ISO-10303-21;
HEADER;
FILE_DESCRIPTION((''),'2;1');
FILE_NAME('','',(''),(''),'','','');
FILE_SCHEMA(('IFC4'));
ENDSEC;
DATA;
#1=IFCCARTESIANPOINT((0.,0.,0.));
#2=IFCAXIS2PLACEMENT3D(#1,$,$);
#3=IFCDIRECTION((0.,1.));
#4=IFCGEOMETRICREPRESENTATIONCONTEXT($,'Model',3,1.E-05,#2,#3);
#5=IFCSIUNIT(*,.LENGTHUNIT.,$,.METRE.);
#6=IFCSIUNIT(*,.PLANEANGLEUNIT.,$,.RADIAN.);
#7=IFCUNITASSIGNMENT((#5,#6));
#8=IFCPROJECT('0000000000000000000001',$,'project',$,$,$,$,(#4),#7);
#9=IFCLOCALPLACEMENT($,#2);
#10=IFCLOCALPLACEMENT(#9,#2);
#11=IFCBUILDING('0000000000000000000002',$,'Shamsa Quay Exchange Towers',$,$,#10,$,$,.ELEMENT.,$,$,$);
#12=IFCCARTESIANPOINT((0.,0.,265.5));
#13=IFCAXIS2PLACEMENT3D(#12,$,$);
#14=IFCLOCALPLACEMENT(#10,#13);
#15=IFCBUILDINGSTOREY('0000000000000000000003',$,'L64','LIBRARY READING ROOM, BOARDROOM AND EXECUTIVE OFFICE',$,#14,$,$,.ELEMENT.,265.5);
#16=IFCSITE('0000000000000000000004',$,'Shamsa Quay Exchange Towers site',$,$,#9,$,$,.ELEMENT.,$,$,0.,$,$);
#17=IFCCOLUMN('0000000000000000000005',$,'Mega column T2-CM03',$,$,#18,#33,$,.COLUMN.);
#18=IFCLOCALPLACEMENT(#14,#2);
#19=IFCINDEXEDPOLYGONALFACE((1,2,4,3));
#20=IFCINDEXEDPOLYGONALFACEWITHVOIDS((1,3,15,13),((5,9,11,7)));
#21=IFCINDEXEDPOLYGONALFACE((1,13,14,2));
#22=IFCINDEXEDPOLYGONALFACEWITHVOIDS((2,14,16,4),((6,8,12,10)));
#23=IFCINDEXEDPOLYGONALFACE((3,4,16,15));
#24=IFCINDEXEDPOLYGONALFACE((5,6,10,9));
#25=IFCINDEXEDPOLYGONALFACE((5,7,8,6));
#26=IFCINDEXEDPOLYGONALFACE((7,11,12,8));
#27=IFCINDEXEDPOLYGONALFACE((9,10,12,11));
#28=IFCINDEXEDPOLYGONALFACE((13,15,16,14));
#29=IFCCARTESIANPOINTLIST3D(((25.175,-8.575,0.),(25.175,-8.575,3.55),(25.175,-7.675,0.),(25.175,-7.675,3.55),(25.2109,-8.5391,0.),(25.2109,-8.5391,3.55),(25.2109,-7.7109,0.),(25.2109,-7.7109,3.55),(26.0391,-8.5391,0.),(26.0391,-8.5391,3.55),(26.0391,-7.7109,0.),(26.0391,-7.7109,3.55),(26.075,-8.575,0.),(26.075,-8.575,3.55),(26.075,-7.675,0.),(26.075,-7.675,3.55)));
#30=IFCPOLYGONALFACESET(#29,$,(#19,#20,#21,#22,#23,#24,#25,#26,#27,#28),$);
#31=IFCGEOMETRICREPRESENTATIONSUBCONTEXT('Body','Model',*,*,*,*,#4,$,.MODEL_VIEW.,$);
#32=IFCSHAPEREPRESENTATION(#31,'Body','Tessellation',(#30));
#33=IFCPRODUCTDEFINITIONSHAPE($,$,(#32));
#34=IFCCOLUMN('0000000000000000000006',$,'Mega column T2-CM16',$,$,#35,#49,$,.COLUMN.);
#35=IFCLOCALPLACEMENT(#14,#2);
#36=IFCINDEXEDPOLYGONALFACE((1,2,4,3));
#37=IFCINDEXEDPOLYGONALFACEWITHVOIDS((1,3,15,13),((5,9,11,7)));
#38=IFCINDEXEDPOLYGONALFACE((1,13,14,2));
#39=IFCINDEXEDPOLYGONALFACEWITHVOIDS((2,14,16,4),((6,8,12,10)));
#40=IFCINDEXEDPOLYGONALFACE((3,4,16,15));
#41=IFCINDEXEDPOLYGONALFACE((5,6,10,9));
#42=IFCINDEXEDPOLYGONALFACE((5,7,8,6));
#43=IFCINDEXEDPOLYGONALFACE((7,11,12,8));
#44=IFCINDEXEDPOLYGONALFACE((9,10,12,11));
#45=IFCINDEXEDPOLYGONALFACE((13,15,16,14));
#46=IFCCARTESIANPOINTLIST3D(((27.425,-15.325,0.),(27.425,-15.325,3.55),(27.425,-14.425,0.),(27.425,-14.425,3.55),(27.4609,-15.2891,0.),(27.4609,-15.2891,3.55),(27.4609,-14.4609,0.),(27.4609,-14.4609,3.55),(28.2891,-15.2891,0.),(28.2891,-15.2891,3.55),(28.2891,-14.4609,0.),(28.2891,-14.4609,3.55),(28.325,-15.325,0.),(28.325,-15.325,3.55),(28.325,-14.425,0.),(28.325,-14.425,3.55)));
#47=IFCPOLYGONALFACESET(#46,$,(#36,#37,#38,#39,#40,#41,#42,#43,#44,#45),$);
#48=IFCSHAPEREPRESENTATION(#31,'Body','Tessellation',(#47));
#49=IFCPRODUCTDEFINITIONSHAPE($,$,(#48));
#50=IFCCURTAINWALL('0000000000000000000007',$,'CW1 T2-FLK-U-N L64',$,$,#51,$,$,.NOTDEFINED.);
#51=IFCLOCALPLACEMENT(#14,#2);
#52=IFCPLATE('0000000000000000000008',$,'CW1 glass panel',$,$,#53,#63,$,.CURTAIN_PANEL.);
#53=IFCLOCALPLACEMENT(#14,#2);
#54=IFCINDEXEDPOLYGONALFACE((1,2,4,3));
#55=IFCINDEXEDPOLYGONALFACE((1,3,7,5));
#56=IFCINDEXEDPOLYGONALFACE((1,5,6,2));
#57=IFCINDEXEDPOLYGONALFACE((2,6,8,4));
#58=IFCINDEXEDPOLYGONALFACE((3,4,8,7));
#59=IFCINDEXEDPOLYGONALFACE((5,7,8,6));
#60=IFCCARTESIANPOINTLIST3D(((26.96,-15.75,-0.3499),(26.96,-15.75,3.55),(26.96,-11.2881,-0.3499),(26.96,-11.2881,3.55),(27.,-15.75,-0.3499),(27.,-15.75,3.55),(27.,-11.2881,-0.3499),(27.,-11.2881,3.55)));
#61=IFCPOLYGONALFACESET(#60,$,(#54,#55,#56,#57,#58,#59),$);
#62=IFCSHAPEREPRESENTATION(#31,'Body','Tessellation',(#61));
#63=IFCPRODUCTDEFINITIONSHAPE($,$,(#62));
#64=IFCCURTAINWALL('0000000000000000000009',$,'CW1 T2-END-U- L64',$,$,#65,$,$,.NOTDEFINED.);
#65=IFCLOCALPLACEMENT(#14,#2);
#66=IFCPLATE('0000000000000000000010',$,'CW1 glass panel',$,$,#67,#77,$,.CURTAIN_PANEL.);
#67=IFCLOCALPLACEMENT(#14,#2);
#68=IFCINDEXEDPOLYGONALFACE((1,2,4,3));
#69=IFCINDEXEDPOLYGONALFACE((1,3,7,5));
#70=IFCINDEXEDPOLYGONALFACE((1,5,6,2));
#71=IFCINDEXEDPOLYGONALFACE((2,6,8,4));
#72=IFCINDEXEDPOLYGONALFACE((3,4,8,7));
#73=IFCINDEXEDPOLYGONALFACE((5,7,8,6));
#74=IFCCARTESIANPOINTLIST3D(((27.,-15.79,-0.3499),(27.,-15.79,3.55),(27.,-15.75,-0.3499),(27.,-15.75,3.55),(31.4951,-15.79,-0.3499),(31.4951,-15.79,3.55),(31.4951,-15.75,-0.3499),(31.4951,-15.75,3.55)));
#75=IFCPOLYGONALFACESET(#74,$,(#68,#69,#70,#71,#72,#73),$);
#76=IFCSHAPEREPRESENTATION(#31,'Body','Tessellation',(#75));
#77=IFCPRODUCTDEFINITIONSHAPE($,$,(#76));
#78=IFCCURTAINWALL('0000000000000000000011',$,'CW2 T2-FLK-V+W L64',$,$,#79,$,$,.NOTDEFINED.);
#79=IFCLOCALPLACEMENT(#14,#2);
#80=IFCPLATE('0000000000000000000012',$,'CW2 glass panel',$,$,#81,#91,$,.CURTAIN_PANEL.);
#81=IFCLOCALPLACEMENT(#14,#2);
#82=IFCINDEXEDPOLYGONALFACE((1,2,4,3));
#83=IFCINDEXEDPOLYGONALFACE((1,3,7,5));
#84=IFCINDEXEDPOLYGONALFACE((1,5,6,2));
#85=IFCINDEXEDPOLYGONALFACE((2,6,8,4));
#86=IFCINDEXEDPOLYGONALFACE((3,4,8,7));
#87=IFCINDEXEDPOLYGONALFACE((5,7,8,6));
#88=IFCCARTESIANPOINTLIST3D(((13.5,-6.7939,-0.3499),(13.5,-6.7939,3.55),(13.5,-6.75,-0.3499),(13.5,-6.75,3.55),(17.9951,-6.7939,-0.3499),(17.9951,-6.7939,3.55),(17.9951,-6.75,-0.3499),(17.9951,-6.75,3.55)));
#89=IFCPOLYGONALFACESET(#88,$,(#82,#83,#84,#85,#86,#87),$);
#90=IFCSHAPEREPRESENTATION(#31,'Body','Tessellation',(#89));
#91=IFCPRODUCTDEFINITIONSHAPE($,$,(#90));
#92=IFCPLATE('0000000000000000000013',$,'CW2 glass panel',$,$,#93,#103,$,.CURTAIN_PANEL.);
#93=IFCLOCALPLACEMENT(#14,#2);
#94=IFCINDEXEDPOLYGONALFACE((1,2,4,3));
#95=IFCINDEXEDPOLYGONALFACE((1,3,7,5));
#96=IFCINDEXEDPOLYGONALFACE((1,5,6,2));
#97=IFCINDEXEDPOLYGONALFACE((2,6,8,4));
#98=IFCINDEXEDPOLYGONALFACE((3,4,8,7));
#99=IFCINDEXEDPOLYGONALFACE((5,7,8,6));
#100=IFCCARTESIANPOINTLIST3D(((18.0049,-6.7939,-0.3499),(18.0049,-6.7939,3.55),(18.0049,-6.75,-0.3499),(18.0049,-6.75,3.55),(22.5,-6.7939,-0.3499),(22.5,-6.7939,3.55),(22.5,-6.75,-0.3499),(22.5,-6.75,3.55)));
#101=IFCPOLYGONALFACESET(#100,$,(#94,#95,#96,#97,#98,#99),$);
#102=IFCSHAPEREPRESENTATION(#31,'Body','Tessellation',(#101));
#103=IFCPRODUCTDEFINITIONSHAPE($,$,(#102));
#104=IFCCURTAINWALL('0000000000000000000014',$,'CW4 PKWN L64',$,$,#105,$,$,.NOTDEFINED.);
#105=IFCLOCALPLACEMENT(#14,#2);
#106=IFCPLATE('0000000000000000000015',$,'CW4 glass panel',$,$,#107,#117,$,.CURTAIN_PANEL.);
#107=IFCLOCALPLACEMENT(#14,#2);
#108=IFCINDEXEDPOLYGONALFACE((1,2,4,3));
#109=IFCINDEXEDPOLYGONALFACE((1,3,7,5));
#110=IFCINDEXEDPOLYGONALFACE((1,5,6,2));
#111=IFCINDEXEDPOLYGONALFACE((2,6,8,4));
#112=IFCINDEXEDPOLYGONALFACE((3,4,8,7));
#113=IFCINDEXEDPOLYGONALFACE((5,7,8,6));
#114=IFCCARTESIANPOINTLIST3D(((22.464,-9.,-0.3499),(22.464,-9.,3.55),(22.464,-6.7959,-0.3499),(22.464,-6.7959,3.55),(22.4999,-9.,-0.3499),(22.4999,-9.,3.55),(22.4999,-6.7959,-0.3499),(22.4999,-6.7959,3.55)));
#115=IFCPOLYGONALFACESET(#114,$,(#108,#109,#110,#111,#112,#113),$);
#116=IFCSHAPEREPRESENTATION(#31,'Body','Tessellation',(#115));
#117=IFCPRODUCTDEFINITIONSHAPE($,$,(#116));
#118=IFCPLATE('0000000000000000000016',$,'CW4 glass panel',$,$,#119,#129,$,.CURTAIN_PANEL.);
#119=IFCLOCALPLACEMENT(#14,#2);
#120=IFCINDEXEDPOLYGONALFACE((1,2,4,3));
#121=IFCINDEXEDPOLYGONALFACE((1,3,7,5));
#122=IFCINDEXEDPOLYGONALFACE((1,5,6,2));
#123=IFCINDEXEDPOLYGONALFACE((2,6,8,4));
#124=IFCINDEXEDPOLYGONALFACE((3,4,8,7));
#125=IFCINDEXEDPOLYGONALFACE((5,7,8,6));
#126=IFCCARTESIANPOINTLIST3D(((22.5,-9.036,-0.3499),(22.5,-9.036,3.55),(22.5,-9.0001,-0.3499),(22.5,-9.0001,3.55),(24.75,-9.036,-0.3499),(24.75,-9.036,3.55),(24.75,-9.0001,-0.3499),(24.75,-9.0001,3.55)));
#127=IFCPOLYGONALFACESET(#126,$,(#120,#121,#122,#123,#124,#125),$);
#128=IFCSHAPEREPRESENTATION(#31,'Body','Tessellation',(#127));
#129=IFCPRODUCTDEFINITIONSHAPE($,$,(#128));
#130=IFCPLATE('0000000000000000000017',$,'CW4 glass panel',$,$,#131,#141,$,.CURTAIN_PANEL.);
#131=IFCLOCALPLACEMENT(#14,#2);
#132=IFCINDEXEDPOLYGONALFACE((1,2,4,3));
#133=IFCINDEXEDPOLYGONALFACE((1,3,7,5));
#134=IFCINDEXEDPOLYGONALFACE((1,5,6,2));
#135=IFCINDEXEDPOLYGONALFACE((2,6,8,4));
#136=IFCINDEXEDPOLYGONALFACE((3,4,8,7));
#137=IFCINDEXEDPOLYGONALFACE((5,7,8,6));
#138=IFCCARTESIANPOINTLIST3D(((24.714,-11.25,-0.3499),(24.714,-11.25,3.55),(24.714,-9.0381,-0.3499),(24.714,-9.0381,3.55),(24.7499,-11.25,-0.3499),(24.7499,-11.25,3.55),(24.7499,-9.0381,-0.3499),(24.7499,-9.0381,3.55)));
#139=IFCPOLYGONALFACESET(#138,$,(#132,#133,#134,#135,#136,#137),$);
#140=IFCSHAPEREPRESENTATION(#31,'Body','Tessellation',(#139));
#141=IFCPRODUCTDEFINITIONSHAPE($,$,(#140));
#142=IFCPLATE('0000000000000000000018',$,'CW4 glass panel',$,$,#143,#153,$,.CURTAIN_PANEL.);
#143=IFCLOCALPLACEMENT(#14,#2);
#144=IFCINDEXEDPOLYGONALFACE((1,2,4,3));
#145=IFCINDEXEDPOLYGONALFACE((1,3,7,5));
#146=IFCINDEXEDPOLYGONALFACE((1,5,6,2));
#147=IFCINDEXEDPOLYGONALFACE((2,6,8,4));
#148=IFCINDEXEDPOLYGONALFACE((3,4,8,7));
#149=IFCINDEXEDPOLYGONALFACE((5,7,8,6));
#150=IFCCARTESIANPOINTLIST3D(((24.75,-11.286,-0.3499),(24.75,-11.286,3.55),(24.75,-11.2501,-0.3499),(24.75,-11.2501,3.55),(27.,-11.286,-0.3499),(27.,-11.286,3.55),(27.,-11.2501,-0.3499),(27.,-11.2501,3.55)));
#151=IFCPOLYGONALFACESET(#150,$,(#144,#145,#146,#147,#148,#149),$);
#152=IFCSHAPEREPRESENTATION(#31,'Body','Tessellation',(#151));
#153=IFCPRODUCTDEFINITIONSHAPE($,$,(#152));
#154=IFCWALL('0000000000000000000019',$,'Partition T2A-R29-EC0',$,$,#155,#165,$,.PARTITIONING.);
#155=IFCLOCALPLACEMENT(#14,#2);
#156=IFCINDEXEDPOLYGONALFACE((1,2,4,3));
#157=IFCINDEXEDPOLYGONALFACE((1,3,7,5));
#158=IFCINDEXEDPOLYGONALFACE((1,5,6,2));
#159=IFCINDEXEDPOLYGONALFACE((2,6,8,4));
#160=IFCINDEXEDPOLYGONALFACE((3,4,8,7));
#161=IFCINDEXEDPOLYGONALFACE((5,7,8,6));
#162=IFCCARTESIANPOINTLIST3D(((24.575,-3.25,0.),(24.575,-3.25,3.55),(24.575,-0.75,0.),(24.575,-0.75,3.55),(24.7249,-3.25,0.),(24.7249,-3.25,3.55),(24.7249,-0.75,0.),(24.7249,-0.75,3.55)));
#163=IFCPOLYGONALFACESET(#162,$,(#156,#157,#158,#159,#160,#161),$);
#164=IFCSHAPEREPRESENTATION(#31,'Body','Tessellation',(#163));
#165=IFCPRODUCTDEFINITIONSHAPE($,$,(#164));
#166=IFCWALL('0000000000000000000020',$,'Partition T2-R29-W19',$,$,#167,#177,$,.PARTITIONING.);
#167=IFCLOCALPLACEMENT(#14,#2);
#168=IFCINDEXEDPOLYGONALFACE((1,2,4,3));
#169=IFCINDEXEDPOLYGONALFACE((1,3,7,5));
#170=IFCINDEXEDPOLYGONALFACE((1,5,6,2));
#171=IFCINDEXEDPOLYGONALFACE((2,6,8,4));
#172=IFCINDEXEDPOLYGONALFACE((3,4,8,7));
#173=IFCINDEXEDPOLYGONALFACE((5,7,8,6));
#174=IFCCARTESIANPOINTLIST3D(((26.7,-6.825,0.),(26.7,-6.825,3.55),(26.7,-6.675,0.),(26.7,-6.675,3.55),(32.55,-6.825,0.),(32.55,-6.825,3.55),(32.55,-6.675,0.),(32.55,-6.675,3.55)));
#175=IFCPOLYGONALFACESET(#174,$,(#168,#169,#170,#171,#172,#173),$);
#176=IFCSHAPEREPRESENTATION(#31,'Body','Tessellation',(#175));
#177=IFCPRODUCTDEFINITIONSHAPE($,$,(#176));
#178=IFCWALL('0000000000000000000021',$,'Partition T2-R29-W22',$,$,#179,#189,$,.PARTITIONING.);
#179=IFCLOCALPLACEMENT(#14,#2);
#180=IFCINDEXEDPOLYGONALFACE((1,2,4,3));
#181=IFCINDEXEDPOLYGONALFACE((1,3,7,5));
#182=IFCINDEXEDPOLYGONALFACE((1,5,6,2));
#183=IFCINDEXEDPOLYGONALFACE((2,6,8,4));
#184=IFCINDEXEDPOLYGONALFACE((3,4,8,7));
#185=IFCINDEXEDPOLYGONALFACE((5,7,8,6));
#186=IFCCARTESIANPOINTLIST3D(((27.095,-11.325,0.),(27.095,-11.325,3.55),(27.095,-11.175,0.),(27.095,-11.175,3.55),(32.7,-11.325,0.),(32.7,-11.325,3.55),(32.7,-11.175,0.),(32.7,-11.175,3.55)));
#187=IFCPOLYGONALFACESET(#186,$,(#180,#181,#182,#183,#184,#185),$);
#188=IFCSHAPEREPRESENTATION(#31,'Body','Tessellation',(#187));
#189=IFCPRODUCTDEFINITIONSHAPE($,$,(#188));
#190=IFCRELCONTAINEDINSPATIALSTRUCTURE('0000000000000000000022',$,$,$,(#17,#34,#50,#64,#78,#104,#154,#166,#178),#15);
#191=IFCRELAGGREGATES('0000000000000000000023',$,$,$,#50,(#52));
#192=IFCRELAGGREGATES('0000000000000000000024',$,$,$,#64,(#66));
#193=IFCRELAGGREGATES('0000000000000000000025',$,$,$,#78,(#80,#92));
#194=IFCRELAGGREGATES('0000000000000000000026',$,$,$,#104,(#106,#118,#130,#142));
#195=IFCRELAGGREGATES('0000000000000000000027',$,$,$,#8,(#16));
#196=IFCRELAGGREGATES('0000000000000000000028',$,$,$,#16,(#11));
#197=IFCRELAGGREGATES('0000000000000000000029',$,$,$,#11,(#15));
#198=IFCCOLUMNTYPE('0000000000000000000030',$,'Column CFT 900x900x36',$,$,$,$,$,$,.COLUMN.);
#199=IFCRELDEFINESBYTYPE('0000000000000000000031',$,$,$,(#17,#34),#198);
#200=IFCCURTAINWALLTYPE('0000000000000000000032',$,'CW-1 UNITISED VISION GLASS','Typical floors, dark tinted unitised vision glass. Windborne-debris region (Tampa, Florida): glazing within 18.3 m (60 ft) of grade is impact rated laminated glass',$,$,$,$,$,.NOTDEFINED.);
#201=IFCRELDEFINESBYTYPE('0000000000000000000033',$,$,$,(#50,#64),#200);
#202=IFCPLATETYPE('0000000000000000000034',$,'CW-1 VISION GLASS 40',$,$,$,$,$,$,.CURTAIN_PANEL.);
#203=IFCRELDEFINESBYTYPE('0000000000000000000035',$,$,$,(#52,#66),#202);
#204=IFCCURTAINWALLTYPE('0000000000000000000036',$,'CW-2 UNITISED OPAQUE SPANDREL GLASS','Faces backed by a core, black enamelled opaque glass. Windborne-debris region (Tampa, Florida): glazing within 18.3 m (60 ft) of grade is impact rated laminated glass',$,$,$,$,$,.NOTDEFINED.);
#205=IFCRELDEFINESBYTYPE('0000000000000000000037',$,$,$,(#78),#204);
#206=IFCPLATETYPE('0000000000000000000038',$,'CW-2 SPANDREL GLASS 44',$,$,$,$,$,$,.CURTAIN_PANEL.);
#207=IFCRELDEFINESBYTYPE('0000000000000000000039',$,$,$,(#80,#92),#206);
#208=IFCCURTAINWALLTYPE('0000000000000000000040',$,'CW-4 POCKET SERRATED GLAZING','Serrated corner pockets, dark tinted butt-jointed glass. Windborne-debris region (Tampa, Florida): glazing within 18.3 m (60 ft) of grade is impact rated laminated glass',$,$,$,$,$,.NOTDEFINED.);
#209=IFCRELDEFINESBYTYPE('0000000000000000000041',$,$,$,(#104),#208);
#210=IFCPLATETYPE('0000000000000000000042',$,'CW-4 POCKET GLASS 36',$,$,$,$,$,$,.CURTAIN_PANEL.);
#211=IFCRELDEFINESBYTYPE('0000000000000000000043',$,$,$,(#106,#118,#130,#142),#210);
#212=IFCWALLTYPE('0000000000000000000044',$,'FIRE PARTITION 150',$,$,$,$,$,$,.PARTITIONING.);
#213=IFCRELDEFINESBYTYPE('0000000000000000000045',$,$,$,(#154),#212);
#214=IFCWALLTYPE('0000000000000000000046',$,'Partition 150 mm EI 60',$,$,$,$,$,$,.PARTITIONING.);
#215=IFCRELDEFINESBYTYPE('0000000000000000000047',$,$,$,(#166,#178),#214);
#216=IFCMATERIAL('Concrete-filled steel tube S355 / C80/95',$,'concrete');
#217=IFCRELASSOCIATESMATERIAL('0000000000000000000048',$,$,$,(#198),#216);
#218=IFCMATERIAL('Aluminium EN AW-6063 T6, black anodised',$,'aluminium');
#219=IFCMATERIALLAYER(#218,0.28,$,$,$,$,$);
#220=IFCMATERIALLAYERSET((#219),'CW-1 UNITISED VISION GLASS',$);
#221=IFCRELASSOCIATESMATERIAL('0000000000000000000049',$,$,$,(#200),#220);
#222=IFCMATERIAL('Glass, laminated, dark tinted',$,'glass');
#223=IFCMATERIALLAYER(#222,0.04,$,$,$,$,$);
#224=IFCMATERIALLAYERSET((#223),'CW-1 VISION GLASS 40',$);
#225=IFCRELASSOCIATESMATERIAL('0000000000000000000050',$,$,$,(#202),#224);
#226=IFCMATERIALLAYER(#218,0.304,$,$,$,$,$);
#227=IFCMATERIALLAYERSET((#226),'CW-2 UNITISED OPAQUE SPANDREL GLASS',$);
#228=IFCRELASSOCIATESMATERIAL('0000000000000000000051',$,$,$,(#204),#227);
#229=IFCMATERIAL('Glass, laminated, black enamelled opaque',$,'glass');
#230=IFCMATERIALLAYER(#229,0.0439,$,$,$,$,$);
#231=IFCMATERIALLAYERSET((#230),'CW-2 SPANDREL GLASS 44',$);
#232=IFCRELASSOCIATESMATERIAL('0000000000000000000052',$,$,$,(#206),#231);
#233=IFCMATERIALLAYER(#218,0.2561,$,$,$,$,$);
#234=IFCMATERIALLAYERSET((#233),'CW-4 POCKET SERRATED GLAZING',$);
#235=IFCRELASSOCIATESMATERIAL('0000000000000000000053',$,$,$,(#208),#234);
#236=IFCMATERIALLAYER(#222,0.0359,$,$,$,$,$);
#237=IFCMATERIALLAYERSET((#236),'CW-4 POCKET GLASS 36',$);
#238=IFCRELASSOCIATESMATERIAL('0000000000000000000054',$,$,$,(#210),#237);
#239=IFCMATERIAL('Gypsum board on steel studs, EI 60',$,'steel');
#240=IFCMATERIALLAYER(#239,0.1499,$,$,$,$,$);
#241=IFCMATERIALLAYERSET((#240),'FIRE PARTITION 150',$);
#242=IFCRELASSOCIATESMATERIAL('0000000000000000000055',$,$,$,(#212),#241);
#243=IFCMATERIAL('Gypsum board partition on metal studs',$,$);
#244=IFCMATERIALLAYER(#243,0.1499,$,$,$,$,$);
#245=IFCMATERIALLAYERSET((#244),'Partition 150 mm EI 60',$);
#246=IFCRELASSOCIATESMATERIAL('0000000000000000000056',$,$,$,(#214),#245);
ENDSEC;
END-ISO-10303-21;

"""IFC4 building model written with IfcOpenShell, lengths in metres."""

from ifc_helpers import new_model, si_unit, direction, frame, frame_2d, origin, origin_2d, place, context, subcontext, project, spatial, rectangle, hollow_rectangle, extrude, material, layer, layer_set, material_profile, profile_set, type_object, element, aggregate, save


model = new_model("IFC4")

# Units and contexts
model_context = context("Model", 3, precision=1e-05, world=origin(), true_north=direction((0.0, 1.0)))
body_context = subcontext(model_context, "Body", "Model", "MODEL_VIEW")
ifc_project = project(units=[si_unit("LENGTHUNIT", "METRE"), si_unit("PLANEANGLEUNIT", "RADIAN")], contexts=[model_context])

# Site, building, storey
site_placement = place(None, origin())
site = spatial("IfcSite", under=ifc_project, at=site_placement, Name="Shamsa Quay Exchange Towers site", CompositionType="ELEMENT", RefElevation=0.0)
building_placement = place(site_placement, origin())
building = spatial("IfcBuilding", under=site, at=building_placement, Name="Shamsa Quay Exchange Towers", CompositionType="ELEMENT")
storey_placement = place(building_placement, frame((0.0, 0.0, 265.5)))
storey = spatial("IfcBuildingStorey", under=building, at=storey_placement, Name="L64", Description="LIBRARY READING ROOM, BOARDROOM AND EXECUTIVE OFFICE", CompositionType="ELEMENT", Elevation=265.5)

# Columns
ifc_material_1 = material(Name="Concrete-filled steel tube S355 / C80/95", Category="concrete")
ifc_material_profile = material_profile(ifc_material_1, hollow_rectangle(XDim=0.8999, YDim=0.8999, WallThickness=0.0359, at=origin_2d()), Name="CFT 900x900x36")
ifc_profile_set = profile_set([ifc_material_profile], Name="Concrete-filled steel tube S355 / C80/95")
column_type = type_object("IfcColumnType", Name="Column CFT 900x900x36", PredefinedType="COLUMN", material=ifc_profile_set)
for number, where, name in (
    (1, (25.625, -8.125, 0.0), "Mega column T2-CM03"),
    (2, (27.875, -14.875, 0.0), "Mega column T2-CM16"),
):
    element("IfcColumn", number, at=place(storey_placement, frame(where)), inside=storey, type_object=column_type, Name=name, PredefinedType="COLUMN", context=body_context, shape_type="SweptSolid", body=[
        extrude(hollow_rectangle(XDim=0.8999, YDim=0.8999, WallThickness=0.0359, at=origin_2d()), origin(), (0.0, 0.0, 1.0), 3.55),
    ])

# Curtain walls, plates
ifc_material_2 = material(Name="Aluminium EN AW-6063 T6, black anodised", Category="aluminium")
ifc_layer_1 = layer(ifc_material_2, 0.28)
ifc_layer_set_1 = layer_set([ifc_layer_1], Name="CW-1 UNITISED VISION GLASS")
curtain_wall_type_1 = type_object("IfcCurtainWallType", Name="CW-1 UNITISED VISION GLASS", Description="Typical floors, dark tinted unitised vision glass. Windborne-debris region (Tampa, Florida): glazing within 18.3 m (60 ft) of grade is impact rated laminated glass", PredefinedType="NOTDEFINED", material=ifc_layer_set_1)
curtain_wall_1_placement = place(storey_placement, origin())
curtain_wall_1 = element("IfcCurtainWall", 3, at=curtain_wall_1_placement, inside=storey, type_object=curtain_wall_type_1, Name="CW1 T2-FLK-U-N L64", PredefinedType="NOTDEFINED")
ifc_material_3 = material(Name="Glass, laminated, dark tinted", Category="glass")
ifc_layer_2 = layer(ifc_material_3, 0.04)
ifc_layer_set_2 = layer_set([ifc_layer_2], Name="CW-1 VISION GLASS 40")
plate_type_1 = type_object("IfcPlateType", Name="CW-1 VISION GLASS 40", PredefinedType="CURTAIN_PANEL", material=ifc_layer_set_2)
plate_1_placement = place(storey_placement, frame((26.98, -13.519, -0.3499), z_axis=(0.0, 0.0, 1.0), x_axis=(0.0, -1.0, 0.0)))
plate_1 = element("IfcPlate", 4, at=plate_1_placement, type_object=plate_type_1, Name="CW1 glass panel", PredefinedType="CURTAIN_PANEL", context=body_context, shape_type="SweptSolid", body=[
    extrude(rectangle(XDim=4.4619, YDim=0.04, at=origin_2d()), origin(), (0.0, 0.0, 1.0), 3.8999),
])
aggregate(curtain_wall_1, [plate_1])
curtain_wall_2_placement = place(storey_placement, origin())
curtain_wall_2 = element("IfcCurtainWall", 5, at=curtain_wall_2_placement, inside=storey, type_object=curtain_wall_type_1, Name="CW1 T2-END-U- L64", PredefinedType="NOTDEFINED")
plate_2_placement = place(storey_placement, frame((29.2476, -15.77, -0.3499)))
plate_2 = element("IfcPlate", 6, at=plate_2_placement, type_object=plate_type_1, Name="CW1 glass panel", PredefinedType="CURTAIN_PANEL", context=body_context, shape_type="SweptSolid", body=[
    extrude(rectangle(XDim=4.4951, YDim=0.04, at=origin_2d()), origin(), (0.0, 0.0, 1.0), 3.8999),
])
aggregate(curtain_wall_2, [plate_2])

# Curtain walls, plates
ifc_layer_3 = layer(ifc_material_2, 0.304)
ifc_layer_set_3 = layer_set([ifc_layer_3], Name="CW-2 UNITISED OPAQUE SPANDREL GLASS")
curtain_wall_type_2 = type_object("IfcCurtainWallType", Name="CW-2 UNITISED OPAQUE SPANDREL GLASS", Description="Faces backed by a core, black enamelled opaque glass. Windborne-debris region (Tampa, Florida): glazing within 18.3 m (60 ft) of grade is impact rated laminated glass", PredefinedType="NOTDEFINED", material=ifc_layer_set_3)
curtain_wall_3_placement = place(storey_placement, origin())
curtain_wall_3 = element("IfcCurtainWall", 7, at=curtain_wall_3_placement, inside=storey, type_object=curtain_wall_type_2, Name="CW2 T2-FLK-V+W L64", PredefinedType="NOTDEFINED")
ifc_material_4 = material(Name="Glass, laminated, black enamelled opaque", Category="glass")
ifc_layer_4 = layer(ifc_material_4, 0.0439)
ifc_layer_set_4 = layer_set([ifc_layer_4], Name="CW-2 SPANDREL GLASS 44")
plate_type_2 = type_object("IfcPlateType", Name="CW-2 SPANDREL GLASS 44", PredefinedType="CURTAIN_PANEL", material=ifc_layer_set_4)
plate_3_placement = place(storey_placement, frame((15.7476, -6.772, -0.3499)))
plate_3 = element("IfcPlate", 8, at=plate_3_placement, type_object=plate_type_2, Name="CW2 glass panel", PredefinedType="CURTAIN_PANEL", context=body_context, shape_type="SweptSolid", body=[
    extrude(rectangle(XDim=4.4951, YDim=0.0439, at=origin_2d()), origin(), (0.0, 0.0, 1.0), 3.8999),
])
plate_4_placement = place(storey_placement, frame((20.2524, -6.772, -0.3499)))
plate_4 = element("IfcPlate", 9, at=plate_4_placement, type_object=plate_type_2, Name="CW2 glass panel", PredefinedType="CURTAIN_PANEL", context=body_context, shape_type="SweptSolid", body=[
    extrude(rectangle(XDim=4.4951, YDim=0.0439, at=origin_2d()), origin(), (0.0, 0.0, 1.0), 3.8999),
])
aggregate(curtain_wall_3, [plate_3, plate_4])
ifc_layer_5 = layer(ifc_material_2, 0.2561)
ifc_layer_set_5 = layer_set([ifc_layer_5], Name="CW-4 POCKET SERRATED GLAZING")
curtain_wall_type_3 = type_object("IfcCurtainWallType", Name="CW-4 POCKET SERRATED GLAZING", Description="Serrated corner pockets, dark tinted butt-jointed glass. Windborne-debris region (Tampa, Florida): glazing within 18.3 m (60 ft) of grade is impact rated laminated glass", PredefinedType="NOTDEFINED", material=ifc_layer_set_5)
curtain_wall_4_placement = place(storey_placement, origin())
curtain_wall_4 = element("IfcCurtainWall", 10, at=curtain_wall_4_placement, inside=storey, type_object=curtain_wall_type_3, Name="CW4 PKWN L64", PredefinedType="NOTDEFINED")
ifc_layer_6 = layer(ifc_material_3, 0.0359)
ifc_layer_set_6 = layer_set([ifc_layer_6], Name="CW-4 POCKET GLASS 36")
plate_type_3 = type_object("IfcPlateType", Name="CW-4 POCKET GLASS 36", PredefinedType="CURTAIN_PANEL", material=ifc_layer_set_6)
plate_5_placement = place(storey_placement, frame((22.4819, -7.8979, -0.3499), z_axis=(0.0, 0.0, 1.0), x_axis=(0.0, -1.0, 0.0)))
plate_5 = element("IfcPlate", 11, at=plate_5_placement, type_object=plate_type_3, Name="CW4 glass panel", PredefinedType="CURTAIN_PANEL", context=body_context, shape_type="SweptSolid", body=[
    extrude(rectangle(XDim=2.2041, YDim=0.0359, at=origin_2d()), origin(), (0.0, 0.0, 1.0), 3.8999),
])
plate_6_placement = place(storey_placement, frame((23.625, -9.0181, -0.3499)))
plate_6 = element("IfcPlate", 12, at=plate_6_placement, type_object=plate_type_3, Name="CW4 glass panel", PredefinedType="CURTAIN_PANEL", context=body_context, shape_type="SweptSolid", body=[
    extrude(rectangle(XDim=2.25, YDim=0.0359, at=origin_2d()), origin(), (0.0, 0.0, 1.0), 3.8999),
])
plate_7_placement = place(storey_placement, frame((24.7319, -10.144, -0.3499), z_axis=(0.0, 0.0, 1.0), x_axis=(0.0, -1.0, 0.0)))
plate_7 = element("IfcPlate", 13, at=plate_7_placement, type_object=plate_type_3, Name="CW4 glass panel", PredefinedType="CURTAIN_PANEL", context=body_context, shape_type="SweptSolid", body=[
    extrude(rectangle(XDim=2.2119, YDim=0.0359, at=origin_2d()), origin(), (0.0, 0.0, 1.0), 3.8999),
])
plate_8_placement = place(storey_placement, frame((25.875, -11.2681, -0.3499)))
plate_8 = element("IfcPlate", 14, at=plate_8_placement, type_object=plate_type_3, Name="CW4 glass panel", PredefinedType="CURTAIN_PANEL", context=body_context, shape_type="SweptSolid", body=[
    extrude(rectangle(XDim=2.25, YDim=0.0359, at=origin_2d()), origin(), (0.0, 0.0, 1.0), 3.8999),
])
aggregate(curtain_wall_4, [plate_5, plate_6, plate_7, plate_8])

# Walls
ifc_material_5 = material(Name="Gypsum board on steel studs, EI 60", Category="steel")
ifc_layer_7 = layer(ifc_material_5, 0.1499)
ifc_layer_set_7 = layer_set([ifc_layer_7], Name="FIRE PARTITION 150")
wall_type_1 = type_object("IfcWallType", Name="FIRE PARTITION 150", PredefinedType="PARTITIONING", material=ifc_layer_set_7)
wall_1_placement = place(storey_placement, frame((24.6499, -3.25, 0.0), z_axis=(0.0, 0.0, 1.0), x_axis=(0.0, 1.0, 0.0)))
element("IfcWall", 15, at=wall_1_placement, inside=storey, type_object=wall_type_1, Name="Partition T2A-R29-EC0", PredefinedType="PARTITIONING", context=body_context, shape_type="SweptSolid", body=[
    extrude(rectangle(XDim=2.5, YDim=0.1499, at=frame_2d((1.25, 0.0))), origin(), (0.0, 0.0, 1.0), 3.55),
])
ifc_material_6 = material(Name="Gypsum board partition on metal studs")
ifc_layer_8 = layer(ifc_material_6, 0.1499)
ifc_layer_set_8 = layer_set([ifc_layer_8], Name="Partition 150 mm EI 60")
wall_type_2 = type_object("IfcWallType", Name="Partition 150 mm EI 60", PredefinedType="PARTITIONING", material=ifc_layer_set_8)
wall_2_placement = place(storey_placement, frame((26.7, -6.75, 0.0)))
element("IfcWall", 16, at=wall_2_placement, inside=storey, type_object=wall_type_2, Name="Partition T2-R29-W19", PredefinedType="PARTITIONING", context=body_context, shape_type="SweptSolid", body=[
    extrude(rectangle(XDim=5.8501, YDim=0.1499, at=frame_2d((2.925, 0.0))), origin(), (0.0, 0.0, 1.0), 3.55),
])
wall_3_placement = place(storey_placement, frame((27.095, -11.25, 0.0)))
element("IfcWall", 17, at=wall_3_placement, inside=storey, type_object=wall_type_2, Name="Partition T2-R29-W22", PredefinedType="PARTITIONING", context=body_context, shape_type="SweptSolid", body=[
    extrude(rectangle(XDim=5.605, YDim=0.1499, at=frame_2d((2.8025, 0.0))), origin(), (0.0, 0.0, 1.0), 3.55),
])

save(model, "model.ifc")
